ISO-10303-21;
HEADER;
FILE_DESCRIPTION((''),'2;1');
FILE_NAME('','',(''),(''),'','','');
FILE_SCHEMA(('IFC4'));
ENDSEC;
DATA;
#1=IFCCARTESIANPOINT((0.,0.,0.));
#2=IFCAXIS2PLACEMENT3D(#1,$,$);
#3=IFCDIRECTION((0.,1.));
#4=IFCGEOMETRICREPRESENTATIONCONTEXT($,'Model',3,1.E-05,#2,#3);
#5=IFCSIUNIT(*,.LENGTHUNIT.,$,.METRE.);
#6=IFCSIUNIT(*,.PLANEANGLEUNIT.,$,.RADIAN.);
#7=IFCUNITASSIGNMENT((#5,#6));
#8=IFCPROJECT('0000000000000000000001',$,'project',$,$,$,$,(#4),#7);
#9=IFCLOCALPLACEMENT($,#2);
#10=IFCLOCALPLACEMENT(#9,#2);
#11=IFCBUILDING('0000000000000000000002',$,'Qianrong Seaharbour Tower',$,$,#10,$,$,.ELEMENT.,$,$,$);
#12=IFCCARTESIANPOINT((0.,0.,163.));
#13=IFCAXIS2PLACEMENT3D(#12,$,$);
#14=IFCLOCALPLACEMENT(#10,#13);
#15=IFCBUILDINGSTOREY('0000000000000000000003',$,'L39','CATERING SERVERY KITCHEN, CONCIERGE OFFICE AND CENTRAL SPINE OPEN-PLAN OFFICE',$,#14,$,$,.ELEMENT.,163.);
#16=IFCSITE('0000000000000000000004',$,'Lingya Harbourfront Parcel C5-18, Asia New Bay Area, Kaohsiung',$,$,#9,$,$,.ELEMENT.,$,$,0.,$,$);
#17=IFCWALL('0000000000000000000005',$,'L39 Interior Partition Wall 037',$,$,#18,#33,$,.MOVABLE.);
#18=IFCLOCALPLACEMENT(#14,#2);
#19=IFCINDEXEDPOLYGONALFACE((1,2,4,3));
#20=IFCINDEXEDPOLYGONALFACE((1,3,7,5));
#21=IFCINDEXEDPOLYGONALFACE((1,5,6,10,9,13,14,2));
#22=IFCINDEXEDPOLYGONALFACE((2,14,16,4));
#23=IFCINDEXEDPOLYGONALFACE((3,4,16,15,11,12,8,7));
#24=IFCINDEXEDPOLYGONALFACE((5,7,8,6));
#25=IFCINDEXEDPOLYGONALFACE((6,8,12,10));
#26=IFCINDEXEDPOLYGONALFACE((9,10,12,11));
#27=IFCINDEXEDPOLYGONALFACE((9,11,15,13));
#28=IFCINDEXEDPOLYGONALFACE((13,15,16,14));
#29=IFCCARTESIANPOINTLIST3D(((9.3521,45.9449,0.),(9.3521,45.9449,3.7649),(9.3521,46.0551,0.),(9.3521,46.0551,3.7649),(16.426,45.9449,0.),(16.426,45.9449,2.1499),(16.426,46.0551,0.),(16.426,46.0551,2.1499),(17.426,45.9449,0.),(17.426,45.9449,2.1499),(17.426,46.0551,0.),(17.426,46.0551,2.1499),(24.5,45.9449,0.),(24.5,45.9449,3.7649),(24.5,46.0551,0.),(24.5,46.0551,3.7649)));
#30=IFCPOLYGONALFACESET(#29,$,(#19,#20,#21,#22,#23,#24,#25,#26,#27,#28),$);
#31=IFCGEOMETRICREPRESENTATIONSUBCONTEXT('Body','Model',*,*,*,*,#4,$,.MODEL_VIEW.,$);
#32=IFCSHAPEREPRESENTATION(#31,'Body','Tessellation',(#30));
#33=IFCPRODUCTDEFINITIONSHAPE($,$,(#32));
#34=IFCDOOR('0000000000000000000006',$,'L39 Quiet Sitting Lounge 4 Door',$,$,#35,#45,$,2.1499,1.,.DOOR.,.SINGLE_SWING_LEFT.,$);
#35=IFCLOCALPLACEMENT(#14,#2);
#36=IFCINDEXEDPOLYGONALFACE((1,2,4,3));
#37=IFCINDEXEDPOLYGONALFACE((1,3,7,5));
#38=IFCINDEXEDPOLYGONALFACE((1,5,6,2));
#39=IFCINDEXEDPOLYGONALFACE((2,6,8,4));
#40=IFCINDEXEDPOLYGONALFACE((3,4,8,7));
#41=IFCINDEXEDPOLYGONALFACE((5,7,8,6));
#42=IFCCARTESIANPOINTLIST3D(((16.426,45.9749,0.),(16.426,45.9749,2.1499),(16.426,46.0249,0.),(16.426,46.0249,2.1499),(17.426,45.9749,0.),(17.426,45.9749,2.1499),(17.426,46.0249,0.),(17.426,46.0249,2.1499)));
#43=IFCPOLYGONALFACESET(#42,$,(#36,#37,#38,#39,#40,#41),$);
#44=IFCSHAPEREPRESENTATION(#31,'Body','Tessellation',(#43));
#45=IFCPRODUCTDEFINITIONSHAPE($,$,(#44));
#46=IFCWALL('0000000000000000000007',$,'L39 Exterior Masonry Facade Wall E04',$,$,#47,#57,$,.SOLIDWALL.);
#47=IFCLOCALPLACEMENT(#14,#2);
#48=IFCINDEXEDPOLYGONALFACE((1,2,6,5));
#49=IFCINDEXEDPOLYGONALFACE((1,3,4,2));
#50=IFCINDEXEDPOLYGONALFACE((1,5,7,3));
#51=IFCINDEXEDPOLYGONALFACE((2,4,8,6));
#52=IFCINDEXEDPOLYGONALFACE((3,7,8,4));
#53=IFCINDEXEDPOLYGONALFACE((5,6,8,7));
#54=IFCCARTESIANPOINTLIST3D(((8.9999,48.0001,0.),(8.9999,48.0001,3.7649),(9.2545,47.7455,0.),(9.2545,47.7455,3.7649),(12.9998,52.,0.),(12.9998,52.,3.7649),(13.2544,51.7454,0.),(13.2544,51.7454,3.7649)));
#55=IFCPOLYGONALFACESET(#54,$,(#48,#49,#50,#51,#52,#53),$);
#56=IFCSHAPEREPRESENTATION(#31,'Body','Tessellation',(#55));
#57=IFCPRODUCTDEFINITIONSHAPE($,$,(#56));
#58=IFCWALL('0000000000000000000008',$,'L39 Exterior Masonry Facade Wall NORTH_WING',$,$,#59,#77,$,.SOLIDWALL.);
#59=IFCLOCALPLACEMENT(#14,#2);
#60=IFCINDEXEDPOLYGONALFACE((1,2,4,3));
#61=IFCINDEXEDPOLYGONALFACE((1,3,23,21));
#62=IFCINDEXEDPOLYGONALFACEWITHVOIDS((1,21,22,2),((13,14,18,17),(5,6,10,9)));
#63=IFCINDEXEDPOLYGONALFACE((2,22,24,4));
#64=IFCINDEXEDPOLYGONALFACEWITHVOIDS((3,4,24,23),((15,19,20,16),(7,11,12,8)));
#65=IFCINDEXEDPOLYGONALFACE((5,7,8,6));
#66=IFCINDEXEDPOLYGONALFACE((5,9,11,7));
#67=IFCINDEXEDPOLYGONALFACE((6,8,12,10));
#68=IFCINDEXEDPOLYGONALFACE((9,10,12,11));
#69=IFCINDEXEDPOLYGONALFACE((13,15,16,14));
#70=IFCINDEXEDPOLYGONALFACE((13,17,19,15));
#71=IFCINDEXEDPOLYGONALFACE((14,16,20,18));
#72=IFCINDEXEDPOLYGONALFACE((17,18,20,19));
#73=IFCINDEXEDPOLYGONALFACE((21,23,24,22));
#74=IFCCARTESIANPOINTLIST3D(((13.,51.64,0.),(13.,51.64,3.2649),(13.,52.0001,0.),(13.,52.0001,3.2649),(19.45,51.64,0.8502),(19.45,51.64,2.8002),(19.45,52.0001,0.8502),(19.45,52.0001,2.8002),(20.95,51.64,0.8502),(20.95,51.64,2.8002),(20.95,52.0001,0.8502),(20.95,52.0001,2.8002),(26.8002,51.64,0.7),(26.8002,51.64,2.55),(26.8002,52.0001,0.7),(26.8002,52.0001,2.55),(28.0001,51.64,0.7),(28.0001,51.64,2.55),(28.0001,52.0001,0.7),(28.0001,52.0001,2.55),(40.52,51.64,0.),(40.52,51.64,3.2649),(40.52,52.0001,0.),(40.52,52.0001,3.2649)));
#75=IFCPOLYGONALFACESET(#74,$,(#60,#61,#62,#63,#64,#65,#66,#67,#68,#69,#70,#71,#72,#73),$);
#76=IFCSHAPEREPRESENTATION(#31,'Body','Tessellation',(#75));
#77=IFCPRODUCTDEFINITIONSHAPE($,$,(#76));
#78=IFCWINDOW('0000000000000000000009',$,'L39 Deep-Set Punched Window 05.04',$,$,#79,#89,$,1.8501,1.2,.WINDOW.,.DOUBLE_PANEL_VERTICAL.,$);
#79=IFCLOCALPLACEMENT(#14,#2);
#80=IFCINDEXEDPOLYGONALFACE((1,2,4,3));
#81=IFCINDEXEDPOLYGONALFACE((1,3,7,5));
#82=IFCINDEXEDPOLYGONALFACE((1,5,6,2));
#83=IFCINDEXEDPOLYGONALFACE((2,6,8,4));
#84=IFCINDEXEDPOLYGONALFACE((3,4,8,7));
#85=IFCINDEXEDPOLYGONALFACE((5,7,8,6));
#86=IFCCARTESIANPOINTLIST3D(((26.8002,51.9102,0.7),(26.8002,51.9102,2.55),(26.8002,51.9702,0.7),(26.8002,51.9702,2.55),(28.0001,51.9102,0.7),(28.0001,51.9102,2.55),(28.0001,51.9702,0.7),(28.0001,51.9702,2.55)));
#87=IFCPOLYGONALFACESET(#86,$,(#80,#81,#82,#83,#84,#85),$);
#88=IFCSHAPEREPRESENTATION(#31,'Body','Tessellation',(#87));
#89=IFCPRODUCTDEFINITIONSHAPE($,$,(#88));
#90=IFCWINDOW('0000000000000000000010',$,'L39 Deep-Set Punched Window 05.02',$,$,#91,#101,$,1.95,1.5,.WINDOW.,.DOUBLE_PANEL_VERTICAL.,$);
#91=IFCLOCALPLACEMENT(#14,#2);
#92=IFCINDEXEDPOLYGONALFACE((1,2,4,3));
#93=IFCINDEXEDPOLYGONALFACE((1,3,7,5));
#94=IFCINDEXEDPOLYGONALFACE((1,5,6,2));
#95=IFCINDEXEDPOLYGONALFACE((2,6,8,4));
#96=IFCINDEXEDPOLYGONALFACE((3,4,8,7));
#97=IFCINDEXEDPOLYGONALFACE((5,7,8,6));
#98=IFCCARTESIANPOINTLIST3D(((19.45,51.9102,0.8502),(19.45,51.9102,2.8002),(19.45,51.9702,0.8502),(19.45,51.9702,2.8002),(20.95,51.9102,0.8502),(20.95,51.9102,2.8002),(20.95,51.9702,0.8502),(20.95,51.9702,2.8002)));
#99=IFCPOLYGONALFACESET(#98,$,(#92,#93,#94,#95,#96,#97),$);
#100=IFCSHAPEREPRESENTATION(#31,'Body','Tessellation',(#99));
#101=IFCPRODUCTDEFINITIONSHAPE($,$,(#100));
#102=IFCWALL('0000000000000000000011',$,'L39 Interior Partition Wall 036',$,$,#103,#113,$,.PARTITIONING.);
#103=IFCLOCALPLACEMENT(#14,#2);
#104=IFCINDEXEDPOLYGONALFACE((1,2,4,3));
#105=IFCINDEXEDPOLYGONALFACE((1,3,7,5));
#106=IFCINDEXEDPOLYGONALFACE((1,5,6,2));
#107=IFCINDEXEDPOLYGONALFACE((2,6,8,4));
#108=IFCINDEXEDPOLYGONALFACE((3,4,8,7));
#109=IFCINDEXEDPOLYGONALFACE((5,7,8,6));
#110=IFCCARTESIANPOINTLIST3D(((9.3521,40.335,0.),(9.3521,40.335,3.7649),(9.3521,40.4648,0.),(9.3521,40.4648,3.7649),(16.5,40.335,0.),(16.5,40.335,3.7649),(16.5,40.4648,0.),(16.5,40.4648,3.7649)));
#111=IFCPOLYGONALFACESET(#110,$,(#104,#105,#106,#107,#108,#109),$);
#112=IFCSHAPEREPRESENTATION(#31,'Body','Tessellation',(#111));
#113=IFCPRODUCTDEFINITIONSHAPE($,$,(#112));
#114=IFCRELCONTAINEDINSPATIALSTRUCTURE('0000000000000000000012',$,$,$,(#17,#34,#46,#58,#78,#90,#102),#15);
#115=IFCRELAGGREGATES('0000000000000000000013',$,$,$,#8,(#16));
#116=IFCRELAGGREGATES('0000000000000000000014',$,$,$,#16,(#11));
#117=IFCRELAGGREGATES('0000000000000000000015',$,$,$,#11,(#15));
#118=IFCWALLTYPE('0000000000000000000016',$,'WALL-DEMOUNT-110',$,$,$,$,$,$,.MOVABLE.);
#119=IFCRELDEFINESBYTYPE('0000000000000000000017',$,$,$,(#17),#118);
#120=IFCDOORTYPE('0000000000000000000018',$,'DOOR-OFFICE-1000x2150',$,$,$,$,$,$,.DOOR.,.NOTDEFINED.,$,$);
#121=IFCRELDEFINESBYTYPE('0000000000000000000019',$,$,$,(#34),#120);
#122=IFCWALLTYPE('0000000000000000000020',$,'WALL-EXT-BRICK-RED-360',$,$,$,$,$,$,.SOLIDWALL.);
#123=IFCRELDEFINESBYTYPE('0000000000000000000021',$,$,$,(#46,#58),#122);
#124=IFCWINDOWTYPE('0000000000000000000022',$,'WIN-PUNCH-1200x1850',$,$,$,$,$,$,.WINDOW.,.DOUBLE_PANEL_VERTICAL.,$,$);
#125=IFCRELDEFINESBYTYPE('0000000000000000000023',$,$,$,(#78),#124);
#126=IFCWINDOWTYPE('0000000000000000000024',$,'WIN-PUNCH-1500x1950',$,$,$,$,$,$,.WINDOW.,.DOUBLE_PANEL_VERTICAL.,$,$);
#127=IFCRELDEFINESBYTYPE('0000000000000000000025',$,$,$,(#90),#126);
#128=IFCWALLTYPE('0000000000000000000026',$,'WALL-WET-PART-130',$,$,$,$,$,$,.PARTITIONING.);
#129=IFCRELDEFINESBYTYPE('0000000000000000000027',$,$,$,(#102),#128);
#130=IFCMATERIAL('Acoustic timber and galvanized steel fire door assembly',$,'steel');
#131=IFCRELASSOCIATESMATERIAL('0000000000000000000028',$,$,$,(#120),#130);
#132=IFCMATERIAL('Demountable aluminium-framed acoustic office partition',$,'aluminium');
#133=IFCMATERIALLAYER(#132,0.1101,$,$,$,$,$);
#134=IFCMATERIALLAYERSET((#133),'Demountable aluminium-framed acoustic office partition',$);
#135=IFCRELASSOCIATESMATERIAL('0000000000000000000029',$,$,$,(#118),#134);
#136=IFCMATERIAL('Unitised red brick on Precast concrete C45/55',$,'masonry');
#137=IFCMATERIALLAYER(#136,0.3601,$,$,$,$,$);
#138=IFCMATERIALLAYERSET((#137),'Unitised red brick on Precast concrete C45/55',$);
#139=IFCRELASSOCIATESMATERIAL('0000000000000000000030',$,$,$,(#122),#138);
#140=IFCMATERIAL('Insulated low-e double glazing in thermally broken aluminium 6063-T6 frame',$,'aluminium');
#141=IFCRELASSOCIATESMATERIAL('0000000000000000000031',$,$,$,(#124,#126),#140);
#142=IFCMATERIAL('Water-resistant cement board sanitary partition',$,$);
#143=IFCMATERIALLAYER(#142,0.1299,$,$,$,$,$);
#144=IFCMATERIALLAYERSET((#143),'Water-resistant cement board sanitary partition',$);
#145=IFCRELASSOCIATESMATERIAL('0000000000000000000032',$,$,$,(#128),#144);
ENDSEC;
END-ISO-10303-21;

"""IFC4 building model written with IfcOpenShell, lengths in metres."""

from ifc_helpers import new_model, si_unit, direction, frame, frame_2d, origin, place, context, subcontext, project, spatial, rectangle, extrude, material, layer, layer_set, type_object, element, fill, save


model = new_model("IFC4")

# Units and contexts
model_context = context("Model", 3, precision=1e-05, world=origin(), true_north=direction((0.0, 1.0)))
body_context = subcontext(model_context, "Body", "Model", "MODEL_VIEW")
ifc_project = project(units=[si_unit("LENGTHUNIT", "METRE"), si_unit("PLANEANGLEUNIT", "RADIAN")], contexts=[model_context])

# Site, building, storey
site_placement = place(None, origin())
site = spatial("IfcSite", under=ifc_project, at=site_placement, Name="Lingya Harbourfront Parcel C5-18, Asia New Bay Area, Kaohsiung", CompositionType="ELEMENT", RefElevation=0.0)
building_placement = place(site_placement, origin())
building = spatial("IfcBuilding", under=site, at=building_placement, Name="Qianrong Seaharbour Tower", CompositionType="ELEMENT")
storey_placement = place(building_placement, frame((0.0, 0.0, 163.0)))
storey = spatial("IfcBuildingStorey", under=building, at=storey_placement, Name="L39", Description="CATERING SERVERY KITCHEN, CONCIERGE OFFICE AND CENTRAL SPINE OPEN-PLAN OFFICE", CompositionType="ELEMENT", Elevation=163.0)

# Shared definitions
ifc_material_1 = material(Name="Acoustic timber and galvanized steel fire door assembly", Category="steel")
door_type = type_object("IfcDoorType", Name="DOOR-OFFICE-1000x2150", OperationType="NOTDEFINED", PredefinedType="DOOR", material=ifc_material_1)

# Shared definitions
ifc_material_2 = material(Name="Demountable aluminium-framed acoustic office partition", Category="aluminium")
ifc_layer_1 = layer(ifc_material_2, 0.1101)
ifc_layer_set_1 = layer_set([ifc_layer_1], Name="Demountable aluminium-framed acoustic office partition")
wall_type_1 = type_object("IfcWallType", Name="WALL-DEMOUNT-110", PredefinedType="MOVABLE", material=ifc_layer_set_1)

# Wall, opening, door
wall_1_placement = place(storey_placement, frame((9.3521, 46.0, 0.0), z_axis=(0.0, 0.0, 1.0), x_axis=(1.0, 0.0, 0.0)))
wall_1 = element("IfcWall", 1, at=wall_1_placement, inside=storey, type_object=wall_type_1, Name="L39 Interior Partition Wall 037", PredefinedType="MOVABLE", context=body_context, shape_type="SweptSolid", body=[
    extrude(rectangle(XDim=15.1479, YDim=0.1101, at=frame_2d((7.574, 0.0))), origin(), (0.0, 0.0, 1.0), 3.7649),
])
opening_1_placement = place(wall_1_placement, frame((7.074, 0.0, 0.0)))
opening_1 = element("IfcOpeningElement", 2, at=opening_1_placement, cuts=wall_1, PredefinedType="OPENING", context=body_context, shape_type="SweptSolid", body=[
    extrude(rectangle(XDim=1.0, YDim=2.1499, at=frame_2d((0.5, 1.075))), frame((0.0, 0.0649, 0.0), z_axis=(0.0, -1.0, 0.0), x_axis=(1.0, 0.0, 0.0)), (0.0, 0.0, 1.0), 0.1301),
])
door_1_placement = place(opening_1_placement, origin())
door_1 = element("IfcDoor", 3, at=door_1_placement, inside=storey, type_object=door_type, Name="L39 Quiet Sitting Lounge 4 Door", OperationType="SINGLE_SWING_LEFT", OverallHeight=2.1499, OverallWidth=1.0, PredefinedType="DOOR", context=body_context, shape_type="SweptSolid", body=[
    extrude(rectangle(XDim=1.0, YDim=2.1499, at=frame_2d((0.5, 1.075))), frame((0.0, 0.0249, 0.0), z_axis=(0.0, -1.0, 0.0), x_axis=(1.0, 0.0, 0.0)), (0.0, 0.0, 1.0), 0.05),
])
fill(opening_1, door_1)

# Wall
ifc_material_3 = material(Name="Unitised red brick on Precast concrete C45/55", Category="masonry")
ifc_layer_2 = layer(ifc_material_3, 0.3601)
ifc_layer_set_2 = layer_set([ifc_layer_2], Name="Unitised red brick on Precast concrete C45/55")
wall_type_2 = type_object("IfcWallType", Name="WALL-EXT-BRICK-RED-360", PredefinedType="SOLIDWALL", material=ifc_layer_set_2)
wall_2_placement = place(storey_placement, frame((9.1272, 47.8728, 0.0), z_axis=(0.0, 0.0, 1.0), x_axis=(0.707107, 0.707107, 0.0)))
element("IfcWall", 4, at=wall_2_placement, inside=storey, type_object=wall_type_2, Name="L39 Exterior Masonry Facade Wall E04", PredefinedType="SOLIDWALL", context=body_context, shape_type="SweptSolid", body=[
    extrude(rectangle(XDim=5.6567, YDim=0.3601, at=frame_2d((2.8284, 0.0))), origin(), (0.0, 0.0, 1.0), 3.7649),
])

# Wall, openings, windows
wall_3_placement = place(storey_placement, frame((13.0, 51.8201, 0.0), z_axis=(0.0, 0.0, 1.0), x_axis=(1.0, 0.0, 0.0)))
wall_3 = element("IfcWall", 5, at=wall_3_placement, inside=storey, type_object=wall_type_2, Name="L39 Exterior Masonry Facade Wall NORTH_WING", PredefinedType="SOLIDWALL", context=body_context, shape_type="SweptSolid", body=[
    extrude(rectangle(XDim=27.52, YDim=0.3601, at=frame_2d((13.76, 0.0))), origin(), (0.0, 0.0, 1.0), 3.2649),
])
opening_2_placement = place(wall_3_placement, frame((6.45, 0.0, 0.8501)))
opening_2 = element("IfcOpeningElement", 6, at=opening_2_placement, cuts=wall_3, PredefinedType="OPENING", context=body_context, shape_type="SweptSolid", body=[
    extrude(rectangle(XDim=1.5, YDim=1.95, at=frame_2d((0.75, 0.9751))), frame((0.0, 0.1899, 0.0), z_axis=(0.0, -1.0, 0.0), x_axis=(1.0, 0.0, 0.0)), (0.0, 0.0, 1.0), 0.3801),
])
opening_3_placement = place(wall_3_placement, frame((13.8, 0.0, 0.7)))
opening_3 = element("IfcOpeningElement", 7, at=opening_3_placement, cuts=wall_3, PredefinedType="OPENING", context=body_context, shape_type="SweptSolid", body=[
    extrude(rectangle(XDim=1.2, YDim=1.8501, at=frame_2d((0.6001, 0.925))), frame((0.0, 0.1899, 0.0), z_axis=(0.0, -1.0, 0.0), x_axis=(1.0, 0.0, 0.0)), (0.0, 0.0, 1.0), 0.3801),
])
ifc_material_4 = material(Name="Insulated low-e double glazing in thermally broken aluminium 6063-T6 frame", Category="aluminium")
window_type_1 = type_object("IfcWindowType", Name="WIN-PUNCH-1200x1850", PartitioningType="DOUBLE_PANEL_VERTICAL", PredefinedType="WINDOW", material=ifc_material_4)
window_1_placement = place(opening_3_placement, origin())
window_1 = element("IfcWindow", 8, at=window_1_placement, inside=storey, type_object=window_type_1, Name="L39 Deep-Set Punched Window 05.04", OverallHeight=1.8501, OverallWidth=1.2, PartitioningType="DOUBLE_PANEL_VERTICAL", PredefinedType="WINDOW", context=body_context, shape_type="SweptSolid", body=[
    extrude(rectangle(XDim=1.2, YDim=1.8501, at=frame_2d((0.6001, 0.925))), frame((0.0, 0.1501, 0.0), z_axis=(0.0, -1.0, 0.0), x_axis=(1.0, 0.0, 0.0)), (0.0, 0.0, 1.0), 0.0601),
])
fill(opening_3, window_1)
window_type_2 = type_object("IfcWindowType", Name="WIN-PUNCH-1500x1950", PartitioningType="DOUBLE_PANEL_VERTICAL", PredefinedType="WINDOW", material=ifc_material_4)
window_2_placement = place(opening_2_placement, origin())
window_2 = element("IfcWindow", 9, at=window_2_placement, inside=storey, type_object=window_type_2, Name="L39 Deep-Set Punched Window 05.02", OverallHeight=1.95, OverallWidth=1.5, PartitioningType="DOUBLE_PANEL_VERTICAL", PredefinedType="WINDOW", context=body_context, shape_type="SweptSolid", body=[
    extrude(rectangle(XDim=1.5, YDim=1.95, at=frame_2d((0.75, 0.9751))), frame((0.0, 0.1501, 0.0), z_axis=(0.0, -1.0, 0.0), x_axis=(1.0, 0.0, 0.0)), (0.0, 0.0, 1.0), 0.0601),
])
fill(opening_2, window_2)

# Wall
ifc_material_5 = material(Name="Water-resistant cement board sanitary partition")
ifc_layer_3 = layer(ifc_material_5, 0.1299)
ifc_layer_set_3 = layer_set([ifc_layer_3], Name="Water-resistant cement board sanitary partition")
wall_type_3 = type_object("IfcWallType", Name="WALL-WET-PART-130", PredefinedType="PARTITIONING", material=ifc_layer_set_3)
wall_4_placement = place(storey_placement, frame((9.3521, 40.3999, 0.0), z_axis=(0.0, 0.0, 1.0), x_axis=(1.0, 0.0, 0.0)))
element("IfcWall", 10, at=wall_4_placement, inside=storey, type_object=wall_type_3, Name="L39 Interior Partition Wall 036", PredefinedType="PARTITIONING", context=body_context, shape_type="SweptSolid", body=[
    extrude(rectangle(XDim=7.1479, YDim=0.1299, at=frame_2d((3.574, 0.0))), origin(), (0.0, 0.0, 1.0), 3.7649),
])

save(model, "model.ifc")
